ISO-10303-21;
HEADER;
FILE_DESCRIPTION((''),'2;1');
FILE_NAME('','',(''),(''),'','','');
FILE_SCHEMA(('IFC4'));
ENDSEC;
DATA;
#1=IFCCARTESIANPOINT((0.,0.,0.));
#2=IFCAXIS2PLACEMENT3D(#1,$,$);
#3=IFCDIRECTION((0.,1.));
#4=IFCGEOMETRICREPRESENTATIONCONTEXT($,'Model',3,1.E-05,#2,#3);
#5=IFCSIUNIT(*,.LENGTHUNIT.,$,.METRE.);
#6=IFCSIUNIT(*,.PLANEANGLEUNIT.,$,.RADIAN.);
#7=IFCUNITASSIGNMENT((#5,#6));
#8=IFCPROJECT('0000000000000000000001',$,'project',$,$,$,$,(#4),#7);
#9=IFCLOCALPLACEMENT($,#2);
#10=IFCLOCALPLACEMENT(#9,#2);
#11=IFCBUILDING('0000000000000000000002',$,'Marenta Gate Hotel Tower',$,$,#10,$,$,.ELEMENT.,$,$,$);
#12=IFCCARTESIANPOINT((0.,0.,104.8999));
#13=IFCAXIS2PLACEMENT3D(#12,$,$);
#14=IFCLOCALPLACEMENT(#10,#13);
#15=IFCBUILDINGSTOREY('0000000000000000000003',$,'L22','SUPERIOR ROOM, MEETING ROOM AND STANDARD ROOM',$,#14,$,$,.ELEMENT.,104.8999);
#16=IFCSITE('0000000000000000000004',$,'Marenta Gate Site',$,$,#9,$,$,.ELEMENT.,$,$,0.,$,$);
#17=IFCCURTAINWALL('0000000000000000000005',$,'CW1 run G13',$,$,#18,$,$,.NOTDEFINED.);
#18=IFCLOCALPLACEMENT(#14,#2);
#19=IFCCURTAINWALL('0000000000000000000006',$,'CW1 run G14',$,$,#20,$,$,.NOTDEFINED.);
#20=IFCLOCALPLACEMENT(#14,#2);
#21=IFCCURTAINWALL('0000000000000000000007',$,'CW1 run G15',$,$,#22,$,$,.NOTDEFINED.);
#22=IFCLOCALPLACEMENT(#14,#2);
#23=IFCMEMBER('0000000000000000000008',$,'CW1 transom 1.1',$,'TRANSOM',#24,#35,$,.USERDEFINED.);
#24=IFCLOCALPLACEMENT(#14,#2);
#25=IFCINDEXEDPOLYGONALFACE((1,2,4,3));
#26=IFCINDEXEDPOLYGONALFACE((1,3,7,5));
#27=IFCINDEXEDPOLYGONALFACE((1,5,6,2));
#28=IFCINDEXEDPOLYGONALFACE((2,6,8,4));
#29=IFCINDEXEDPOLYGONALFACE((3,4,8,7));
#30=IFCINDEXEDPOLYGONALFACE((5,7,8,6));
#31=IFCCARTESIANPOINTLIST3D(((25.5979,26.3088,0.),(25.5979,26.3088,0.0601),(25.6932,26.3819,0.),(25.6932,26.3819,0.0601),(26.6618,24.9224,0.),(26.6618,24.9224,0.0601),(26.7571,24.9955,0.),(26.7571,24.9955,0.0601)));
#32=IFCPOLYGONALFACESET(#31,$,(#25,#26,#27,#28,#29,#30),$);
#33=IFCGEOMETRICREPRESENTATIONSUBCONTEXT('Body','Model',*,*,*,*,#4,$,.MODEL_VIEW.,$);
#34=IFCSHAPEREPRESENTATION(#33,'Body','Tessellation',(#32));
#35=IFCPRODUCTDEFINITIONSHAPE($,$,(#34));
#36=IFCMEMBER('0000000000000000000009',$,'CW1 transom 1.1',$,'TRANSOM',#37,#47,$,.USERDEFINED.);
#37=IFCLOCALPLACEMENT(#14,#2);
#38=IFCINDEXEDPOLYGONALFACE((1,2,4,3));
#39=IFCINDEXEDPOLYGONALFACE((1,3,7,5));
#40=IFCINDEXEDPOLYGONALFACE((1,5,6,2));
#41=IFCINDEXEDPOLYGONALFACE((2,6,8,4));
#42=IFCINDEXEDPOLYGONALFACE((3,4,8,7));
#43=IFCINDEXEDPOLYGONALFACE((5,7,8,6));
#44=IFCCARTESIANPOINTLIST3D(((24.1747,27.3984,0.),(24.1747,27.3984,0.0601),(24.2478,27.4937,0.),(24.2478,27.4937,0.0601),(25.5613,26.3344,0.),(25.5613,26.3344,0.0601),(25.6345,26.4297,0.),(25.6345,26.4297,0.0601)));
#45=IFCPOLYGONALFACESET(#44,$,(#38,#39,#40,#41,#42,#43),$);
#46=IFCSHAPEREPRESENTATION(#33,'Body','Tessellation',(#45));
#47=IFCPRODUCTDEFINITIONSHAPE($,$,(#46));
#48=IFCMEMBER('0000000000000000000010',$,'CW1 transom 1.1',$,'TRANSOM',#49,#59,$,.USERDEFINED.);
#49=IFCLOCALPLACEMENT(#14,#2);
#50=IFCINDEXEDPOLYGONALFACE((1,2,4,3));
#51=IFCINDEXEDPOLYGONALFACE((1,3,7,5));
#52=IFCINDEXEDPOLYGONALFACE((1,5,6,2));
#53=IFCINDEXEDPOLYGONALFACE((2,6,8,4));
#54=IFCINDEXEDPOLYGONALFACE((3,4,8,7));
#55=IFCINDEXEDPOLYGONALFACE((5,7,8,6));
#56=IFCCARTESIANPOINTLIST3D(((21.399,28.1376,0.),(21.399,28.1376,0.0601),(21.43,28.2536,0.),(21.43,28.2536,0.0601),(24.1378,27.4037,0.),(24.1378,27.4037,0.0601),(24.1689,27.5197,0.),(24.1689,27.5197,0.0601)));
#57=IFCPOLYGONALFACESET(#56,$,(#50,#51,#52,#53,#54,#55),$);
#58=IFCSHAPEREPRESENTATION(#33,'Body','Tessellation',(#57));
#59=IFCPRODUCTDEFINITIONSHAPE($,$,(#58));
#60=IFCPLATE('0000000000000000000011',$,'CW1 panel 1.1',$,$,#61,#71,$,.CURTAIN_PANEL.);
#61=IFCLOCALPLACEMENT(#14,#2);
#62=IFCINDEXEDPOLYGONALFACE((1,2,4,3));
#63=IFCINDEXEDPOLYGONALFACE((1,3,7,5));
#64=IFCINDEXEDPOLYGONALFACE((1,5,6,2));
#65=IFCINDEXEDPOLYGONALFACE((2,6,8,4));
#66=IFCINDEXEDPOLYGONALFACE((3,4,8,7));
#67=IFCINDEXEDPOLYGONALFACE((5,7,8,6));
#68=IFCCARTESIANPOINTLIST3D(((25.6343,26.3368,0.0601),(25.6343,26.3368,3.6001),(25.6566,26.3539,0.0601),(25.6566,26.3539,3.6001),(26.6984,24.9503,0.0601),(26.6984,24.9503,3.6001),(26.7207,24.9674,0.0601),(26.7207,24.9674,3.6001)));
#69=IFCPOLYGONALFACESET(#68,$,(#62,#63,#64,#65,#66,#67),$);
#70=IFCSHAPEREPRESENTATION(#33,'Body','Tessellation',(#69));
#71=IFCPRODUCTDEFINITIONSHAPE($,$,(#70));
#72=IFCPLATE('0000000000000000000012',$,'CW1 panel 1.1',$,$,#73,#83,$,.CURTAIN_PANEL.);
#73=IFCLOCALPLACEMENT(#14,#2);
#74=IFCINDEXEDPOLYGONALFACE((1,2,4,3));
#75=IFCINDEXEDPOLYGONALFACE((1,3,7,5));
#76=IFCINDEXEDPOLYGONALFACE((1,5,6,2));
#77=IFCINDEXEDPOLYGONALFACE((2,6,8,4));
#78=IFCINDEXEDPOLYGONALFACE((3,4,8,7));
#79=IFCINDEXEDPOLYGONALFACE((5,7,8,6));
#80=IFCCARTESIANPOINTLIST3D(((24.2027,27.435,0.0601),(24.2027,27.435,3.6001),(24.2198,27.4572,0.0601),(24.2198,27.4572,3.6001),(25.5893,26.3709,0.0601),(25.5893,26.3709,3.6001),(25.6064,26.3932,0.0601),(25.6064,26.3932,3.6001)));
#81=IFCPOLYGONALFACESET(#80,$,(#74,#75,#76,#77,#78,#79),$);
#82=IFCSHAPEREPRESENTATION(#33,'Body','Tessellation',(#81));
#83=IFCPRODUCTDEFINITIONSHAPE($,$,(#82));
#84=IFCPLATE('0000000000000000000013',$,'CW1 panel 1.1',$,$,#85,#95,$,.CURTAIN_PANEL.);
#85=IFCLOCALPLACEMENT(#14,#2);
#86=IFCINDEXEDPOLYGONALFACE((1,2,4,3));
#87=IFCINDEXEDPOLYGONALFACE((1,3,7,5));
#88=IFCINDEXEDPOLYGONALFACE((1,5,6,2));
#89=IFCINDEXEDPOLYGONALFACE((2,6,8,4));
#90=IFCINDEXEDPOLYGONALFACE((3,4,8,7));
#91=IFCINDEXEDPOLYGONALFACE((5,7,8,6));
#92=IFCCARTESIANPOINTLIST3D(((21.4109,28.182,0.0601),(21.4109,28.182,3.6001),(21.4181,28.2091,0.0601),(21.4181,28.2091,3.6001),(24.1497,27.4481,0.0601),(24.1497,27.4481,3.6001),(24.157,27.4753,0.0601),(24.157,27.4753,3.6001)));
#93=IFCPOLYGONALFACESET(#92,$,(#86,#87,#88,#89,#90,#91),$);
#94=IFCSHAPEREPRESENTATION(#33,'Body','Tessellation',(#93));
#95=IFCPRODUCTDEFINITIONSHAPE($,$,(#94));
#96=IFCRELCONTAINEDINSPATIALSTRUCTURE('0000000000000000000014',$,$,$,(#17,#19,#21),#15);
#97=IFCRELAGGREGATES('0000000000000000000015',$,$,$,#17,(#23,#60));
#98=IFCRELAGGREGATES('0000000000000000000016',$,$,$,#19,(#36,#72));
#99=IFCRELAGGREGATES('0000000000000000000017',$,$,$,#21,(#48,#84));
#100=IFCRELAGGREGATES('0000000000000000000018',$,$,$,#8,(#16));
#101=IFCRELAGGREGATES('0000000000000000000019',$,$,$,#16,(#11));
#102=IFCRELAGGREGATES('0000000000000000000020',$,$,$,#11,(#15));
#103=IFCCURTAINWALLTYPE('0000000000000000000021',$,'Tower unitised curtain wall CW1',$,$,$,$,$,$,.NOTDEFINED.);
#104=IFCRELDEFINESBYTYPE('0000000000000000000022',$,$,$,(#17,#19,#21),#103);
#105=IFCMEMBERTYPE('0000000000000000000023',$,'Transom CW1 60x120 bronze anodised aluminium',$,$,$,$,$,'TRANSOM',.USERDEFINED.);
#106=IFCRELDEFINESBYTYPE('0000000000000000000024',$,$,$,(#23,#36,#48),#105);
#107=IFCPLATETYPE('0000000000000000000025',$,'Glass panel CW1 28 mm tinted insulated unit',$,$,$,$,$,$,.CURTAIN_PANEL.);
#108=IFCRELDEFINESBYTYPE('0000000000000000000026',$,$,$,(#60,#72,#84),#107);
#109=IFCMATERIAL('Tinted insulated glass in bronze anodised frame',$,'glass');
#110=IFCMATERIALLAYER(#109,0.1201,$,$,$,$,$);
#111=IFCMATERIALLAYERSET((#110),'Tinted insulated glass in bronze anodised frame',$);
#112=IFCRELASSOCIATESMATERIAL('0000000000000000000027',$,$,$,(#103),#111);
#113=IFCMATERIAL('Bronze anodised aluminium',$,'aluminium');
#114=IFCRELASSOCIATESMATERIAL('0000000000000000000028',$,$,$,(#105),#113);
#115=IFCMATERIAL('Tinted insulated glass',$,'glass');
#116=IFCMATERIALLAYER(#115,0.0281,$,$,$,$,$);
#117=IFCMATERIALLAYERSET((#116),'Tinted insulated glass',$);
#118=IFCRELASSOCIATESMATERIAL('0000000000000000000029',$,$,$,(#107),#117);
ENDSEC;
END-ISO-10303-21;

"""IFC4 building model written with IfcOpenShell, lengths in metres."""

from ifc_helpers import new_model, si_unit, direction, frame, origin, origin_2d, place, context, subcontext, project, spatial, rectangle, extrude, material, layer, layer_set, material_profile, profile_set, type_object, element, aggregate, save


model = new_model("IFC4")

# Units and contexts
model_context = context("Model", 3, precision=1e-05, world=origin(), true_north=direction((0.0, 1.0)))
body_context = subcontext(model_context, "Body", "Model", "MODEL_VIEW")
ifc_project = project(units=[si_unit("LENGTHUNIT", "METRE"), si_unit("PLANEANGLEUNIT", "RADIAN")], contexts=[model_context])

# Site, building, storey
site_placement = place(None, origin())
site = spatial("IfcSite", under=ifc_project, at=site_placement, Name="Marenta Gate Site", CompositionType="ELEMENT", RefElevation=0.0)
building_placement = place(site_placement, origin())
building = spatial("IfcBuilding", under=site, at=building_placement, Name="Marenta Gate Hotel Tower", CompositionType="ELEMENT")
storey_placement = place(building_placement, frame((0.0, 0.0, 104.8999)))
storey = spatial("IfcBuildingStorey", under=building, at=storey_placement, Name="L22", Description="SUPERIOR ROOM, MEETING ROOM AND STANDARD ROOM", CompositionType="ELEMENT", Elevation=104.8999)

# Curtain walls
ifc_material_1 = material(Name="Tinted insulated glass in bronze anodised frame", Category="glass")
ifc_layer_1 = layer(ifc_material_1, 0.1201)
ifc_layer_set_1 = layer_set([ifc_layer_1], Name="Tinted insulated glass in bronze anodised frame")
curtain_wall_type = type_object("IfcCurtainWallType", Name="Tower unitised curtain wall CW1", PredefinedType="NOTDEFINED", material=ifc_layer_set_1)
curtain_wall_1_placement = place(storey_placement, origin())
curtain_wall_1 = element("IfcCurtainWall", 1, at=curtain_wall_1_placement, inside=storey, type_object=curtain_wall_type, Name="CW1 run G13", PredefinedType="NOTDEFINED")
curtain_wall_2_placement = place(storey_placement, origin())
curtain_wall_2 = element("IfcCurtainWall", 2, at=curtain_wall_2_placement, inside=storey, type_object=curtain_wall_type, Name="CW1 run G14", PredefinedType="NOTDEFINED")

# Curtain wall
curtain_wall_3_placement = place(storey_placement, origin())
curtain_wall_3 = element("IfcCurtainWall", 3, at=curtain_wall_3_placement, inside=storey, type_object=curtain_wall_type, Name="CW1 run G15", PredefinedType="NOTDEFINED")

# Members
ifc_material_2 = material(Name="Bronze anodised aluminium", Category="aluminium")
ifc_material_profile_1 = material_profile(ifc_material_2, rectangle(XDim=0.1201, YDim=0.0601, at=origin_2d()), Name="Transom CW1 60x120 bronze anodised aluminium")
ifc_profile_set_1 = profile_set([ifc_material_profile_1], Name="Bronze anodised aluminium")
member_type_1 = type_object("IfcMemberType", Name="Transom CW1 60x120 bronze anodised aluminium", ElementType="TRANSOM", PredefinedType="USERDEFINED", material=ifc_profile_set_1)
member_1_placement = place(storey_placement, frame((26.7095, 24.959, 0.03), z_axis=(-0.608792, 0.79333, 0.0), x_axis=(-0.79333, -0.608792, 0.0)))
member_1 = element("IfcMember", 4, at=member_1_placement, type_object=member_type_1, Name="CW1 transom 1.1", ObjectType="TRANSOM", PredefinedType="USERDEFINED", context=body_context, shape_type="SweptSolid", body=[
    extrude(rectangle(XDim=0.1201, YDim=0.0601, at=origin_2d()), origin(), (0.0, 0.0, 1.0), 1.7476),
])
member_2_placement = place(storey_placement, frame((25.5979, 26.3821, 0.03), z_axis=(-0.793381, 0.608725, 0.0), x_axis=(-0.608725, -0.793381, 0.0)))
member_2 = element("IfcMember", 5, at=member_2_placement, type_object=member_type_1, Name="CW1 transom 1.1", ObjectType="TRANSOM", PredefinedType="USERDEFINED", context=body_context, shape_type="SweptSolid", body=[
    extrude(rectangle(XDim=0.1201, YDim=0.0601, at=origin_2d()), origin(), (0.0, 0.0, 1.0), 1.7478),
])
member_3_placement = place(storey_placement, frame((24.1533, 27.4617, 0.03), z_axis=(-0.965923, 0.258831, 0.0), x_axis=(-0.258831, -0.965923, 0.0)))
member_3 = element("IfcMember", 6, at=member_3_placement, type_object=member_type_1, Name="CW1 transom 1.1", ObjectType="TRANSOM", PredefinedType="USERDEFINED", context=body_context, shape_type="SweptSolid", body=[
    extrude(rectangle(XDim=0.1201, YDim=0.0601, at=origin_2d()), origin(), (0.0, 0.0, 1.0), 2.8354),
])

# Plates
ifc_material_3 = material(Name="Tinted insulated glass", Category="glass")
ifc_layer_2 = layer(ifc_material_3, 0.0281)
ifc_layer_set_2 = layer_set([ifc_layer_2], Name="Tinted insulated glass")
plate_type = type_object("IfcPlateType", Name="Glass panel CW1 28 mm tinted insulated unit", PredefinedType="CURTAIN_PANEL", material=ifc_layer_set_2)
plate_1_placement = place(storey_placement, frame((26.1775, 25.6521, 0.0601), z_axis=(0.0, 0.0, 1.0), x_axis=(-0.608796, 0.793327, 0.0)))
plate_1 = element("IfcPlate", 7, at=plate_1_placement, type_object=plate_type, Name="CW1 panel 1.1", PredefinedType="CURTAIN_PANEL", context=body_context, shape_type="SweptSolid", body=[
    extrude(rectangle(XDim=1.7478, YDim=0.0281, at=origin_2d()), origin(), (0.0, 0.0, 1.0), 3.54),
])
aggregate(curtain_wall_1, [member_1, plate_1])
plate_2_placement = place(storey_placement, frame((24.9045, 26.9141, 0.0601), z_axis=(0.0, 0.0, 1.0), x_axis=(-0.793327, 0.608796, 0.0)))
plate_2 = element("IfcPlate", 8, at=plate_2_placement, type_object=plate_type, Name="CW1 panel 1.1", PredefinedType="CURTAIN_PANEL", context=body_context, shape_type="SweptSolid", body=[
    extrude(rectangle(XDim=1.7478, YDim=0.0281, at=origin_2d()), origin(), (0.0, 0.0, 1.0), 3.54),
])
aggregate(curtain_wall_2, [member_2, plate_2])
plate_3_placement = place(storey_placement, frame((22.7839, 27.8286, 0.0601), z_axis=(0.0, 0.0, 1.0), x_axis=(-0.965929, 0.258806, 0.0)))
plate_3 = element("IfcPlate", 9, at=plate_3_placement, type_object=plate_type, Name="CW1 panel 1.1", PredefinedType="CURTAIN_PANEL", context=body_context, shape_type="SweptSolid", body=[
    extrude(rectangle(XDim=2.8354, YDim=0.0281, at=origin_2d()), origin(), (0.0, 0.0, 1.0), 3.54),
])
aggregate(curtain_wall_3, [member_3, plate_3])

save(model, "model.ifc")
